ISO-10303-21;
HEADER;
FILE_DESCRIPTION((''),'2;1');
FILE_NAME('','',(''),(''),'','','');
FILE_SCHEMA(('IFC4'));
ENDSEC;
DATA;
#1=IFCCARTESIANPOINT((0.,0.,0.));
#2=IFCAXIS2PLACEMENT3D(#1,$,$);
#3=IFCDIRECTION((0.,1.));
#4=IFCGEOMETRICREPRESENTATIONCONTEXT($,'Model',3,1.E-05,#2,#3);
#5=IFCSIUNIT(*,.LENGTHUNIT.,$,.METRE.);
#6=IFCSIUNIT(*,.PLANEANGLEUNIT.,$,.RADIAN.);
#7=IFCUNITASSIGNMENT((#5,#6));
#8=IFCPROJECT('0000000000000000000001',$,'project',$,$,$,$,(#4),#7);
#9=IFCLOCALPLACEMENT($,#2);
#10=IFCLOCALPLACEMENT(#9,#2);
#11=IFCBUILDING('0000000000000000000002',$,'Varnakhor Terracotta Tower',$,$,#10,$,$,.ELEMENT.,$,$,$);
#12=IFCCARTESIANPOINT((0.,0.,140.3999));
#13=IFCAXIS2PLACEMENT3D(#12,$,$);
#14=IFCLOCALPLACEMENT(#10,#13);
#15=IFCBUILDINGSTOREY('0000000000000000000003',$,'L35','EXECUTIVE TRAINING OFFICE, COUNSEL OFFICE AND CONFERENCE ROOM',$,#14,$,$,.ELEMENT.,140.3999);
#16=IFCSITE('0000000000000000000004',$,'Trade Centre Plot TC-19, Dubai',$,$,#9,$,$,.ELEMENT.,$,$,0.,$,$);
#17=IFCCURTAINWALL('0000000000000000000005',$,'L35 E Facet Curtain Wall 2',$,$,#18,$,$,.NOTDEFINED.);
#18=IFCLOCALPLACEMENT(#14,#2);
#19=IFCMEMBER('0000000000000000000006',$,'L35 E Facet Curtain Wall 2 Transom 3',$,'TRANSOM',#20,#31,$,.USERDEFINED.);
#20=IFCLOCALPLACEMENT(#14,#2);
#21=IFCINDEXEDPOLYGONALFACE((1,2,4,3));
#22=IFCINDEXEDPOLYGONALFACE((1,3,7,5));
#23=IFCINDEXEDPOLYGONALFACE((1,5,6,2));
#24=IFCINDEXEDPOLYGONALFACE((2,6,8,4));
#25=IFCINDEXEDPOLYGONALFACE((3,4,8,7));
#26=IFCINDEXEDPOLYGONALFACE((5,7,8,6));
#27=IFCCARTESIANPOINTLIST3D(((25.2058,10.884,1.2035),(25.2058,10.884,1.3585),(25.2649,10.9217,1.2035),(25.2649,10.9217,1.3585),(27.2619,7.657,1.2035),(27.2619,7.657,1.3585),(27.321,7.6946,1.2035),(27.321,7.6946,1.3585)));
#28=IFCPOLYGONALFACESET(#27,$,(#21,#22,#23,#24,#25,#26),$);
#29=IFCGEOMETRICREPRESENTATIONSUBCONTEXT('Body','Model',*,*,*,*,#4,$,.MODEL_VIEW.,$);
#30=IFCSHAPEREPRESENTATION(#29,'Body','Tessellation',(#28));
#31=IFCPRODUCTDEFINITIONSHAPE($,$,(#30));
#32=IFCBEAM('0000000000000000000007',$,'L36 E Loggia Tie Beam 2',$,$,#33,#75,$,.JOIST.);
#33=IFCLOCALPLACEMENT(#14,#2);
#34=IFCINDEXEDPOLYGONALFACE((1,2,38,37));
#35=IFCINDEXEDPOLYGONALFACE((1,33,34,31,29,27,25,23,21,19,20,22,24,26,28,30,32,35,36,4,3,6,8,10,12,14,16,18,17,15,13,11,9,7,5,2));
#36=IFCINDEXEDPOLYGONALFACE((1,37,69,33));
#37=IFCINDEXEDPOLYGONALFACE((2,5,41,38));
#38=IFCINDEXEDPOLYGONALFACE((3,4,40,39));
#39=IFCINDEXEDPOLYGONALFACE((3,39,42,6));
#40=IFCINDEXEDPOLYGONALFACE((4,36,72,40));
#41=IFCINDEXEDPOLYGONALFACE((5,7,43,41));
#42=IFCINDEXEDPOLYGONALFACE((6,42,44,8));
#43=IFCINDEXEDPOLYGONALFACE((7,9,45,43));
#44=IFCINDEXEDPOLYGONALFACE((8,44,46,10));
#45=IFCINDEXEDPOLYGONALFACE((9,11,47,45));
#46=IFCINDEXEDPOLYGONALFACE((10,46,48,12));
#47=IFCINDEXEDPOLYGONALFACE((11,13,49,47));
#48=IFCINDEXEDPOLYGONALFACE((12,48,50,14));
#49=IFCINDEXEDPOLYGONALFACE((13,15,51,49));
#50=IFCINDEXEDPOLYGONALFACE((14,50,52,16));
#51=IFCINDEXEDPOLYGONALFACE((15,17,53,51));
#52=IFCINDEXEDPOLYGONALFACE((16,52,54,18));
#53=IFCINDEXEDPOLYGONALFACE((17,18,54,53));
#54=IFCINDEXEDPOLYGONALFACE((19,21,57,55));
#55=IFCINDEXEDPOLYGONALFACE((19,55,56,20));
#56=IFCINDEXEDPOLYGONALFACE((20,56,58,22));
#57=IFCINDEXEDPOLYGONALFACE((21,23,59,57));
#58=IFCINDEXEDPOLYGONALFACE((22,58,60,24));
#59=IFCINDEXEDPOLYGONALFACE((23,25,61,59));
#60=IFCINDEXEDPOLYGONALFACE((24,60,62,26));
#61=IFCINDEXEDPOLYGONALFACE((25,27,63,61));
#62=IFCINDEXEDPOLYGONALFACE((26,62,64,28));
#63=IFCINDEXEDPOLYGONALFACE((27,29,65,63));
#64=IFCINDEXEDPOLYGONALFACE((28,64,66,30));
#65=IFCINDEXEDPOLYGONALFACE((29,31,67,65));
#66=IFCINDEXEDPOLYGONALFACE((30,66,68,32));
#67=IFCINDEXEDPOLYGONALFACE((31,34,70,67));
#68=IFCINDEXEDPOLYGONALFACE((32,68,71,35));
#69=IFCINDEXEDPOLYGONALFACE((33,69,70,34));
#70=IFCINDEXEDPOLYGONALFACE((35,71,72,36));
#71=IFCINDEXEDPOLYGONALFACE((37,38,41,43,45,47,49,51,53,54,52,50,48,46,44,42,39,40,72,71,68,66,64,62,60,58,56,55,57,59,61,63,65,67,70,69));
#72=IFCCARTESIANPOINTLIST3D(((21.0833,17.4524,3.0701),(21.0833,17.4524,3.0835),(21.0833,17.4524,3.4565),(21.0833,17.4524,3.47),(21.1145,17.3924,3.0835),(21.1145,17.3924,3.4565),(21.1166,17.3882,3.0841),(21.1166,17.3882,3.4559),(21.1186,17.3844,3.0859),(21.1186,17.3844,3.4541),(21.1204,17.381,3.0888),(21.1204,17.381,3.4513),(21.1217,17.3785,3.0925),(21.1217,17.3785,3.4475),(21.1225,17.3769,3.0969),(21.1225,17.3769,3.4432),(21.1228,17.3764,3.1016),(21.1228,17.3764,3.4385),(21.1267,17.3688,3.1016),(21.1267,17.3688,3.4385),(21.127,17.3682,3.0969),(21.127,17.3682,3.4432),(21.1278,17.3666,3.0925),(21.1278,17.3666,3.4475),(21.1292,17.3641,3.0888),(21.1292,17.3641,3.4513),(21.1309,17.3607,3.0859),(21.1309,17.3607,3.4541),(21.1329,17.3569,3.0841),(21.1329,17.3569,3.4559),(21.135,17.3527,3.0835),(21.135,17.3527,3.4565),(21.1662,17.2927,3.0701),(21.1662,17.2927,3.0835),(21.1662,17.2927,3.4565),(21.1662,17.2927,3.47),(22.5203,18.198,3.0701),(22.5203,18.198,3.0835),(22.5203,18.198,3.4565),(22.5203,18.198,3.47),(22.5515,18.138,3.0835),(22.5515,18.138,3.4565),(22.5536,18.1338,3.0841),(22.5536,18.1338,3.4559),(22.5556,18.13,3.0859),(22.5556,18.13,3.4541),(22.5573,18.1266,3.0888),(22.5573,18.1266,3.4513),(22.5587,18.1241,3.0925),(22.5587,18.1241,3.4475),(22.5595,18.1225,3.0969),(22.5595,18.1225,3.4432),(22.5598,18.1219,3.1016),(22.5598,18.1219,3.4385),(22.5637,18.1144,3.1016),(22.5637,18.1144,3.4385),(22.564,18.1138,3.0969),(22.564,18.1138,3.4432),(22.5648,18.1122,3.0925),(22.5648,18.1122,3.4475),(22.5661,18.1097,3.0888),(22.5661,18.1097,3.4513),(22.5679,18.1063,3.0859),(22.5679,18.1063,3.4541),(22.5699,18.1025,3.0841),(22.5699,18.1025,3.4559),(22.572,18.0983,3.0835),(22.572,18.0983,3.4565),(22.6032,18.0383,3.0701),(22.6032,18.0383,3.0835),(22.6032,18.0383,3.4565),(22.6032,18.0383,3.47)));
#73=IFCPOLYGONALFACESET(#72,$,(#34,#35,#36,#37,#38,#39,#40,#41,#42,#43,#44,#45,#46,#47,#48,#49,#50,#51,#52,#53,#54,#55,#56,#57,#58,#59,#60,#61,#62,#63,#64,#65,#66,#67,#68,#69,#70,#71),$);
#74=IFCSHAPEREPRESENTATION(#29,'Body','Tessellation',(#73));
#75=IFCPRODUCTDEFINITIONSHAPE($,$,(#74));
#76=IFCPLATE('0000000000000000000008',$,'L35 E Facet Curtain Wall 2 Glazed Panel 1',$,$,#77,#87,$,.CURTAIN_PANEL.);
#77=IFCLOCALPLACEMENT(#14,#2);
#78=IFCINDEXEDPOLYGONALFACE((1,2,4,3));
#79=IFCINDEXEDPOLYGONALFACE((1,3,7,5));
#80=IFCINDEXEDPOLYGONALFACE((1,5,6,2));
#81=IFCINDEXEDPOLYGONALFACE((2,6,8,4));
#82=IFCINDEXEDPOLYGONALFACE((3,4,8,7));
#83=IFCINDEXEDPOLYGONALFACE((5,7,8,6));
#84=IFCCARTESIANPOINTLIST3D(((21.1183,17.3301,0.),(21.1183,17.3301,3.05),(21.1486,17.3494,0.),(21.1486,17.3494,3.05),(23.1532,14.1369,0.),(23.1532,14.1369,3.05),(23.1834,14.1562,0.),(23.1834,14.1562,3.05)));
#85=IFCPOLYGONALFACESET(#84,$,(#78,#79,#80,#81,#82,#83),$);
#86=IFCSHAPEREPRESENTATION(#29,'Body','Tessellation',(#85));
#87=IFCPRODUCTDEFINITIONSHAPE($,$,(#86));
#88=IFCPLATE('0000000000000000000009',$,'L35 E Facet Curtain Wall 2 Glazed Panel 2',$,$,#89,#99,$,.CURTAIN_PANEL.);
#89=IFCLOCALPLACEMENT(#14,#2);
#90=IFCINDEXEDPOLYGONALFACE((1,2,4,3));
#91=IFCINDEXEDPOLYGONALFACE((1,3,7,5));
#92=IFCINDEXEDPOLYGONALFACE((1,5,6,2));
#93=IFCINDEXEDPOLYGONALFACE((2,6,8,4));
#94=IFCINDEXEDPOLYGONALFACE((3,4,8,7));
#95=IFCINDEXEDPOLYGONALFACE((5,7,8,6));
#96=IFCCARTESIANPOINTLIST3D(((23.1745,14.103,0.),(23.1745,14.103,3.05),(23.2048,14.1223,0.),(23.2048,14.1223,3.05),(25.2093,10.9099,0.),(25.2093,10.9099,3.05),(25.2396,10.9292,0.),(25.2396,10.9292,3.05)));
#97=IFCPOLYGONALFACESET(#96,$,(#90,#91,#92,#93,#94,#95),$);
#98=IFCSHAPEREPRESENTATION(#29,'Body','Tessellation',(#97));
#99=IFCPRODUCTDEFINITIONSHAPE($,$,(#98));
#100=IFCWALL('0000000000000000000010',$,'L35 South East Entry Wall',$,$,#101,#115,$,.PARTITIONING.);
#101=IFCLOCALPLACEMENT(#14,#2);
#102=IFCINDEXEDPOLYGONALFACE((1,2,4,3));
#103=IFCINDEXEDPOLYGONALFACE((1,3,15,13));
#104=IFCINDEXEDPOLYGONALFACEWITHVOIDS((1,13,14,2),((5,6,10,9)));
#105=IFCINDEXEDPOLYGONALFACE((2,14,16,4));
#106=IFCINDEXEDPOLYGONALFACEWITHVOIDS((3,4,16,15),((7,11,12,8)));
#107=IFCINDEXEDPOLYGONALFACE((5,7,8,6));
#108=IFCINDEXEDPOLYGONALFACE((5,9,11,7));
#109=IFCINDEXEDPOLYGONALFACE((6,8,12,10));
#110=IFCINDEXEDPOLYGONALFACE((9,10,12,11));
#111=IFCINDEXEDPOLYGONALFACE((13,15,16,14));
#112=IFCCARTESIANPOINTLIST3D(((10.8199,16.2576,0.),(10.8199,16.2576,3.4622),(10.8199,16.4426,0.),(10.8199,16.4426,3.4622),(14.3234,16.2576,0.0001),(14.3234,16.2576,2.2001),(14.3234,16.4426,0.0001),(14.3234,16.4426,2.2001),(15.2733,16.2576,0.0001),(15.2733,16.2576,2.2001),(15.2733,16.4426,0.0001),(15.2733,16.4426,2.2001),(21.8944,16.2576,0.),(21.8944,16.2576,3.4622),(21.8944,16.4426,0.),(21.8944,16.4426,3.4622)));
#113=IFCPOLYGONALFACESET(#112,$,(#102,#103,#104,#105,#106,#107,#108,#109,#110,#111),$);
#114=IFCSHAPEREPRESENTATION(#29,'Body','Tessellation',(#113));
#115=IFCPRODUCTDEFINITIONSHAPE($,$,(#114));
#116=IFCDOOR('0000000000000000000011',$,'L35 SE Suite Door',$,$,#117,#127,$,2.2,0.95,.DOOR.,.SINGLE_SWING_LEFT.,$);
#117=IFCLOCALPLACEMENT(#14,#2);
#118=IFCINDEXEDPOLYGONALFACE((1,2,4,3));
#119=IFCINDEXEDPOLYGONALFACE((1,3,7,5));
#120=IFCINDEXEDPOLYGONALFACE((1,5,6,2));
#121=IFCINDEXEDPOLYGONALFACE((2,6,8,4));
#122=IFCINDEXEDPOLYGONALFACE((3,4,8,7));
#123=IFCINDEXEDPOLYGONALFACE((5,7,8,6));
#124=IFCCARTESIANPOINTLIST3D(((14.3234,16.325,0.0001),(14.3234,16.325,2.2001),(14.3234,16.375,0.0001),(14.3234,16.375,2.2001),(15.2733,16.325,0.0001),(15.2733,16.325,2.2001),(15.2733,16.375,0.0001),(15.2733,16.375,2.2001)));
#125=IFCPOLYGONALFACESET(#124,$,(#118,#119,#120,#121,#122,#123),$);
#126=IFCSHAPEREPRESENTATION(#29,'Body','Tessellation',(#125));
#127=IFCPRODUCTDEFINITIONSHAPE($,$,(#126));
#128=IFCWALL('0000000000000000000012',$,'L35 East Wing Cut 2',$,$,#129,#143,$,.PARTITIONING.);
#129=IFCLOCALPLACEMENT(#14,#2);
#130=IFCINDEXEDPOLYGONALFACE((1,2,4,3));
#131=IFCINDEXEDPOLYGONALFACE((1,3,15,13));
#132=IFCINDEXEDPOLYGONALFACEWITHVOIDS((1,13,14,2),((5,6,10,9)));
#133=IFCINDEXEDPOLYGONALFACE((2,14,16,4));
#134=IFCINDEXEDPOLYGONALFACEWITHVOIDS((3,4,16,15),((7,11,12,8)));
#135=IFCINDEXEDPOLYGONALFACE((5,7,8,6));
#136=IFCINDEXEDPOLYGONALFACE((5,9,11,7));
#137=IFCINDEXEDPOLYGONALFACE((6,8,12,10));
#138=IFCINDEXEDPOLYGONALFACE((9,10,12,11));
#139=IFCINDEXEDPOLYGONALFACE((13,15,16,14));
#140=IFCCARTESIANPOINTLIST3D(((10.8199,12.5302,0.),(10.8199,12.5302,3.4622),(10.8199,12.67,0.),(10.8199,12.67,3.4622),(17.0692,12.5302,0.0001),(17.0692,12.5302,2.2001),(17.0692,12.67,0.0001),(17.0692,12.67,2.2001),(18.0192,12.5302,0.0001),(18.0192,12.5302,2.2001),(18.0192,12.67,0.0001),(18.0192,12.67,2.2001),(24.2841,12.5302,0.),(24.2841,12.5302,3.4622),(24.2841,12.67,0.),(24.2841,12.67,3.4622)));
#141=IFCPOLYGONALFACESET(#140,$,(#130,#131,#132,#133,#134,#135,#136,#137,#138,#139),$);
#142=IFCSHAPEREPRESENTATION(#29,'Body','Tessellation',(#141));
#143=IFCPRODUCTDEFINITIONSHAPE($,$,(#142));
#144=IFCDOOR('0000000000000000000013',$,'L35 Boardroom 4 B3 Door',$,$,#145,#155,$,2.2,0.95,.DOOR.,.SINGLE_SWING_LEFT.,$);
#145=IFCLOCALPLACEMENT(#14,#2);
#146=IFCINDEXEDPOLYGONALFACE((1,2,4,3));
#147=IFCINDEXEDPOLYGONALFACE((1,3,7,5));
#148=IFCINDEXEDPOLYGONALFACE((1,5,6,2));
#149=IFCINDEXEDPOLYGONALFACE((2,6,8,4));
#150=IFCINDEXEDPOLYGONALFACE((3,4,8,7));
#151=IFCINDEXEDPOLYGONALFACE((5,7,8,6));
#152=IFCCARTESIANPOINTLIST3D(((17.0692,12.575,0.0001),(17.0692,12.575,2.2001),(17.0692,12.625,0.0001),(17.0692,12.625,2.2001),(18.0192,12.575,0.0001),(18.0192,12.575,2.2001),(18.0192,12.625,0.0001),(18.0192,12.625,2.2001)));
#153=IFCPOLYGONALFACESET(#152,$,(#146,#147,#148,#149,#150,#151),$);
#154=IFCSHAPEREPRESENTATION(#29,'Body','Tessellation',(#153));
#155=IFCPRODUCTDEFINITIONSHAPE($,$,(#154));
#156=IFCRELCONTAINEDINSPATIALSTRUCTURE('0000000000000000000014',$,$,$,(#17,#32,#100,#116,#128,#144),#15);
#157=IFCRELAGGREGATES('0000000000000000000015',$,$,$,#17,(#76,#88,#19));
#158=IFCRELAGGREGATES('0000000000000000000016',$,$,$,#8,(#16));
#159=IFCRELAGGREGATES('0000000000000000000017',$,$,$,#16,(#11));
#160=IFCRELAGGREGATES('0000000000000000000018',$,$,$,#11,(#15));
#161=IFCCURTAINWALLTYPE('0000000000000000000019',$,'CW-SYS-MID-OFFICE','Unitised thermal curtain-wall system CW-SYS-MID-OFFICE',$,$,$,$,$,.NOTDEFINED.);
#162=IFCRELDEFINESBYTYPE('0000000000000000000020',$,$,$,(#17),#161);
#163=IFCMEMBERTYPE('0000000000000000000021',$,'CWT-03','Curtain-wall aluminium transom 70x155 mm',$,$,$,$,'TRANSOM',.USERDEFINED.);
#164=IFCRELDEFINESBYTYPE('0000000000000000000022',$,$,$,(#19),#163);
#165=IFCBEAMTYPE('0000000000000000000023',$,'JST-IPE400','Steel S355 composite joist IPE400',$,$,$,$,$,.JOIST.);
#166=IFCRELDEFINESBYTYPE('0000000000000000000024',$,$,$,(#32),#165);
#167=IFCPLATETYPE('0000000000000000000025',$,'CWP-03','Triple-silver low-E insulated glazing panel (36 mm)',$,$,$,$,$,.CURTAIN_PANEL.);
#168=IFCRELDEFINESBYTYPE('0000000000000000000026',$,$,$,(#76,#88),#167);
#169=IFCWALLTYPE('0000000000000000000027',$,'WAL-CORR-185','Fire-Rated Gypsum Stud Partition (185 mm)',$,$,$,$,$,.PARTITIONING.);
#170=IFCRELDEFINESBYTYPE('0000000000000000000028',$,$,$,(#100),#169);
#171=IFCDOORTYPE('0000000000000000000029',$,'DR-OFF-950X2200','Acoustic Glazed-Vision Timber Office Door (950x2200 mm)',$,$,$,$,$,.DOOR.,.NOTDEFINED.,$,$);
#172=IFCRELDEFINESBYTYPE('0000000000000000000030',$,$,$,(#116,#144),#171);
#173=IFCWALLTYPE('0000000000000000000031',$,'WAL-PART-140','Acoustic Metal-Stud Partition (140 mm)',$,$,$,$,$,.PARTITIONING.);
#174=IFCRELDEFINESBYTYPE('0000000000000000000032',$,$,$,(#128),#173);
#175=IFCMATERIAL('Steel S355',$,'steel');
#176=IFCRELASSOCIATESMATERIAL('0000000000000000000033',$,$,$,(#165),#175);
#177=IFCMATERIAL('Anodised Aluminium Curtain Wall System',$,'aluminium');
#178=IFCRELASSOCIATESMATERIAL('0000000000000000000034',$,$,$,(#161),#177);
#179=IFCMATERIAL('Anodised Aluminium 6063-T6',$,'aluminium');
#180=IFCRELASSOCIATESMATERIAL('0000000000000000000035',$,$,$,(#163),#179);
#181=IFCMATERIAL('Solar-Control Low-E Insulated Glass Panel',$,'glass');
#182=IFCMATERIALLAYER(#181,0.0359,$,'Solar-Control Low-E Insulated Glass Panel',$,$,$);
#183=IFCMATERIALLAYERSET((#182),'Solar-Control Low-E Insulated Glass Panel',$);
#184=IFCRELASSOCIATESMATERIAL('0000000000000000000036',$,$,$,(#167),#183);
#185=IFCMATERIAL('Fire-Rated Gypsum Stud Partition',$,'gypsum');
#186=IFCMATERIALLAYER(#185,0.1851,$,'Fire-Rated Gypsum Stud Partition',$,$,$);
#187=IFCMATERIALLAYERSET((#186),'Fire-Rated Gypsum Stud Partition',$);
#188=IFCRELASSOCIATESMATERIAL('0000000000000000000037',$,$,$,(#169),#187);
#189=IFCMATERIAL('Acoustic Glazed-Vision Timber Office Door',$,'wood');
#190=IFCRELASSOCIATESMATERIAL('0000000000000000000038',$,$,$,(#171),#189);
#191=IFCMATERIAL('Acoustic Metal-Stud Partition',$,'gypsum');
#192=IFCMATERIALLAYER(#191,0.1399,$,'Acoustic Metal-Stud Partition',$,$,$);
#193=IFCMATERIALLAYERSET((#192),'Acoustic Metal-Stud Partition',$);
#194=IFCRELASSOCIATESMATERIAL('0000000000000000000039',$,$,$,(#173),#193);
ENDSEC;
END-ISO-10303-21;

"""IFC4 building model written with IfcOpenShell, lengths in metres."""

from ifc_helpers import new_model, si_unit, direction, frame, frame_2d, origin, origin_2d, place, context, subcontext, project, spatial, rectangle, i_section, extrude, source, transform, mapped, material, layer, layer_set, material_profile, profile_set, type_object, type_shapes, element, fill, aggregate, save


model = new_model("IFC4")

# Units and contexts
model_context = context("Model", 3, precision=1e-05, world=origin(), true_north=direction((0.0, 1.0)))
body_context = subcontext(model_context, "Body", "Model", "MODEL_VIEW")
ifc_project = project(units=[si_unit("LENGTHUNIT", "METRE"), si_unit("PLANEANGLEUNIT", "RADIAN")], contexts=[model_context])

# Site, building, storey
site_placement = place(None, origin())
site = spatial("IfcSite", under=ifc_project, at=site_placement, Name="Trade Centre Plot TC-19, Dubai", CompositionType="ELEMENT", RefElevation=0.0)
building_placement = place(site_placement, origin())
building = spatial("IfcBuilding", under=site, at=building_placement, Name="Varnakhor Terracotta Tower", CompositionType="ELEMENT")
storey_placement = place(building_placement, frame((0.0, 0.0, 140.3999)))
storey = spatial("IfcBuildingStorey", under=building, at=storey_placement, Name="L35", Description="EXECUTIVE TRAINING OFFICE, COUNSEL OFFICE AND CONFERENCE ROOM", CompositionType="ELEMENT", Elevation=140.3999)

# Shared definitions
ifc_material_1 = material(Name="Steel S355", Category="steel")
ifc_material_profile_1 = material_profile(ifc_material_1, i_section(OverallWidth=0.1799, OverallDepth=0.3999, WebThickness=0.0085, FlangeThickness=0.0134, FilletRadius=0.0181, at=origin_2d()), Name="IPE400")
ifc_profile_set_1 = profile_set([ifc_material_profile_1], Name="Steel S355")
beam_type_1 = type_object("IfcBeamType", Name="JST-IPE400", Description="Steel S355 composite joist IPE400", PredefinedType="JOIST", material=ifc_profile_set_1)

# Curtain wall, member
ifc_material_2 = material(Name="Anodised Aluminium Curtain Wall System", Category="aluminium")
curtain_wall_type = type_object("IfcCurtainWallType", Name="CW-SYS-MID-OFFICE", Description="Unitised thermal curtain-wall system CW-SYS-MID-OFFICE", PredefinedType="NOTDEFINED", material=ifc_material_2)
curtain_wall_placement = place(storey_placement, origin())
curtain_wall = element("IfcCurtainWall", 1, at=curtain_wall_placement, inside=storey, type_object=curtain_wall_type, Name="L35 E Facet Curtain Wall 2", PredefinedType="NOTDEFINED")
ifc_material_3 = material(Name="Anodised Aluminium 6063-T6", Category="aluminium")
ifc_material_profile_2 = material_profile(ifc_material_3, rectangle(XDim=0.0701, YDim=0.155, at=origin_2d()), Name="ALU TRANSOM 70x155")
ifc_profile_set_2 = profile_set([ifc_material_profile_2], Name="Anodised Aluminium 6063-T6")
member_type_1 = type_object("IfcMemberType", Name="CWT-03", Description="Curtain-wall aluminium transom 70x155 mm", ElementType="TRANSOM", PredefinedType="USERDEFINED", material=ifc_profile_set_2)
shared_shape_1 = source(origin(), body_context, "Body", "SweptSolid", [
    extrude(rectangle(XDim=0.0701, YDim=0.155, at=origin_2d()), origin(), (0.0, 0.0, 1.0), 3.8264),
])
member_1_placement = place(storey_placement, frame((25.2354, 10.9028, 1.281), z_axis=(0.537354, -0.843357, 0.0), x_axis=(0.843357, 0.537354, 0.0)))
member_1 = element("IfcMember", 2, at=member_1_placement, type_object=member_type_1, Name="L35 E Facet Curtain Wall 2 Transom 3", ObjectType="TRANSOM", PredefinedType="USERDEFINED", context=body_context, shape_type="MappedRepresentation", body=[
    mapped(shared_shape_1, transform((0.0, 0.0, 0.0), scale=1.0)),
])

# Beam
shared_shape_2 = source(origin(), body_context, "Body", "SweptSolid", [
    extrude(i_section(OverallWidth=0.1799, OverallDepth=0.3999, WebThickness=0.0085, FlangeThickness=0.0134, FilletRadius=0.0181, at=origin_2d()), origin(), (0.0, 0.0, 1.0), 1.6189),
])
beam_1_placement = place(storey_placement, frame((21.1248, 17.3726, 3.27), z_axis=(0.887631, 0.460555, 0.0), x_axis=(-0.460555, 0.887631, 0.0)))
element("IfcBeam", 3, at=beam_1_placement, inside=storey, type_object=beam_type_1, Name="L36 E Loggia Tie Beam 2", PredefinedType="JOIST", context=body_context, shape_type="MappedRepresentation", body=[
    mapped(shared_shape_2, transform((0.0, 0.0, 0.0), scale=1.0)),
])

# Plates
ifc_material_4 = material(Name="Solar-Control Low-E Insulated Glass Panel", Category="glass")
ifc_layer_1 = layer(ifc_material_4, 0.0359, Name="Solar-Control Low-E Insulated Glass Panel")
ifc_layer_set_1 = layer_set([ifc_layer_1], Name="Solar-Control Low-E Insulated Glass Panel")
plate_type = type_object("IfcPlateType", Name="CWP-03", Description="Triple-silver low-E insulated glazing panel (36 mm)", PredefinedType="CURTAIN_PANEL", material=ifc_layer_set_1)
shared_shape_3 = source(origin(), body_context, "Body", "SweptSolid", [
    extrude(rectangle(XDim=3.7864, YDim=0.0359, at=origin_2d()), origin(), (0.0, 0.0, 1.0), 3.05),
])
plate_1_placement = place(storey_placement, frame((22.1509, 15.7432, 0.0), z_axis=(0.0, 0.0, 1.0), x_axis=(0.537403, -0.843326, 0.0)))
plate_1 = element("IfcPlate", 4, at=plate_1_placement, type_object=plate_type, Name="L35 E Facet Curtain Wall 2 Glazed Panel 1", PredefinedType="CURTAIN_PANEL", context=body_context, shape_type="MappedRepresentation", body=[
    mapped(shared_shape_3, transform((0.0, 0.0, 0.0), scale=1.0)),
])
plate_2_placement = place(storey_placement, frame((24.207, 12.5161, 0.0), z_axis=(0.0, 0.0, 1.0), x_axis=(0.537403, -0.843326, 0.0)))
plate_2 = element("IfcPlate", 5, at=plate_2_placement, type_object=plate_type, Name="L35 E Facet Curtain Wall 2 Glazed Panel 2", PredefinedType="CURTAIN_PANEL", context=body_context, shape_type="MappedRepresentation", body=[
    mapped(shared_shape_3, transform((0.0, 0.0, 0.0), scale=1.0)),
])
aggregate(curtain_wall, [plate_1, plate_2, member_1])

# Walls, openings, doors
ifc_material_5 = material(Name="Fire-Rated Gypsum Stud Partition", Category="gypsum")
ifc_layer_2 = layer(ifc_material_5, 0.1851, Name="Fire-Rated Gypsum Stud Partition")
ifc_layer_set_2 = layer_set([ifc_layer_2], Name="Fire-Rated Gypsum Stud Partition")
wall_type_1 = type_object("IfcWallType", Name="WAL-CORR-185", Description="Fire-Rated Gypsum Stud Partition (185 mm)", PredefinedType="PARTITIONING", material=ifc_layer_set_2)
wall_1_placement = place(storey_placement, frame((10.8201, 16.3501, 0.0), z_axis=(0.0, 0.0, 1.0), x_axis=(1.0, 0.0, 0.0)))
wall_1 = element("IfcWall", 6, at=wall_1_placement, inside=storey, type_object=wall_type_1, Name="L35 South East Entry Wall", PredefinedType="PARTITIONING", context=body_context, shape_type="SweptSolid", body=[
    extrude(rectangle(XDim=11.0745, YDim=0.1851, at=frame_2d((5.5371, 0.0))), origin(), (0.0, 0.0, 1.0), 3.4622),
])
opening_1_placement = place(wall_1_placement, frame((3.5032, 0.0, 0.0)))
opening_1 = element("IfcOpeningElement", 7, at=opening_1_placement, cuts=wall_1, PredefinedType="OPENING", context=body_context, shape_type="SweptSolid", body=[
    extrude(rectangle(XDim=0.95, YDim=2.2, at=frame_2d((0.4751, 1.1001))), frame((0.0, 0.1025, 0.0), z_axis=(0.0, -1.0, 0.0), x_axis=(1.0, 0.0, 0.0)), (0.0, 0.0, 1.0), 0.2051),
])
ifc_material_6 = material(Name="Acoustic Glazed-Vision Timber Office Door", Category="wood")
door_type = type_object("IfcDoorType", Name="DR-OFF-950X2200", Description="Acoustic Glazed-Vision Timber Office Door (950x2200 mm)", OperationType="NOTDEFINED", PredefinedType="DOOR", material=ifc_material_6)
shared_shape_4 = source(origin(), body_context, "Body", "SweptSolid", [
    extrude(rectangle(XDim=0.95, YDim=2.2, at=frame_2d((0.4751, 1.1001))), frame((0.0, 0.0249, 0.0), z_axis=(0.0, -1.0, 0.0), x_axis=(1.0, 0.0, 0.0)), (0.0, 0.0, 1.0), 0.05),
])
type_shapes(door_type, [shared_shape_4])
door_1_placement = place(opening_1_placement, origin())
door_1 = element("IfcDoor", 8, at=door_1_placement, inside=storey, type_object=door_type, Name="L35 SE Suite Door", OperationType="SINGLE_SWING_LEFT", OverallHeight=2.2, OverallWidth=0.95, PredefinedType="DOOR", context=body_context, shape_type="MappedRepresentation", body=[
    mapped(shared_shape_4, transform((0.0, 0.0, 0.0), scale=1.0)),
])
fill(opening_1, door_1)
ifc_material_7 = material(Name="Acoustic Metal-Stud Partition", Category="gypsum")
ifc_layer_3 = layer(ifc_material_7, 0.1399, Name="Acoustic Metal-Stud Partition")
ifc_layer_set_3 = layer_set([ifc_layer_3], Name="Acoustic Metal-Stud Partition")
wall_type_2 = type_object("IfcWallType", Name="WAL-PART-140", Description="Acoustic Metal-Stud Partition (140 mm)", PredefinedType="PARTITIONING", material=ifc_layer_set_3)
wall_2_placement = place(storey_placement, frame((10.8201, 12.6001, 0.0), z_axis=(0.0, 0.0, 1.0), x_axis=(1.0, 0.0, 0.0)))
wall_2 = element("IfcWall", 9, at=wall_2_placement, inside=storey, type_object=wall_type_2, Name="L35 East Wing Cut 2", PredefinedType="PARTITIONING", context=body_context, shape_type="SweptSolid", body=[
    extrude(rectangle(XDim=13.4641, YDim=0.1399, at=frame_2d((6.7319, 0.0))), origin(), (0.0, 0.0, 1.0), 3.4622),
])
opening_2_placement = place(wall_2_placement, frame((6.249, 0.0, 0.0)))
opening_2 = element("IfcOpeningElement", 10, at=opening_2_placement, cuts=wall_2, PredefinedType="OPENING", context=body_context, shape_type="SweptSolid", body=[
    extrude(rectangle(XDim=0.95, YDim=2.2, at=frame_2d((0.4751, 1.1001))), frame((0.0, 0.0801, 0.0), z_axis=(0.0, -1.0, 0.0), x_axis=(1.0, 0.0, 0.0)), (0.0, 0.0, 1.0), 0.1599),
])
door_2_placement = place(opening_2_placement, origin())
door_2 = element("IfcDoor", 11, at=door_2_placement, inside=storey, type_object=door_type, Name="L35 Boardroom 4 B3 Door", OperationType="SINGLE_SWING_LEFT", OverallHeight=2.2, OverallWidth=0.95, PredefinedType="DOOR", context=body_context, shape_type="MappedRepresentation", body=[
    mapped(shared_shape_4, transform((0.0, 0.0, 0.0), scale=1.0)),
])
fill(opening_2, door_2)

save(model, "model.ifc")
